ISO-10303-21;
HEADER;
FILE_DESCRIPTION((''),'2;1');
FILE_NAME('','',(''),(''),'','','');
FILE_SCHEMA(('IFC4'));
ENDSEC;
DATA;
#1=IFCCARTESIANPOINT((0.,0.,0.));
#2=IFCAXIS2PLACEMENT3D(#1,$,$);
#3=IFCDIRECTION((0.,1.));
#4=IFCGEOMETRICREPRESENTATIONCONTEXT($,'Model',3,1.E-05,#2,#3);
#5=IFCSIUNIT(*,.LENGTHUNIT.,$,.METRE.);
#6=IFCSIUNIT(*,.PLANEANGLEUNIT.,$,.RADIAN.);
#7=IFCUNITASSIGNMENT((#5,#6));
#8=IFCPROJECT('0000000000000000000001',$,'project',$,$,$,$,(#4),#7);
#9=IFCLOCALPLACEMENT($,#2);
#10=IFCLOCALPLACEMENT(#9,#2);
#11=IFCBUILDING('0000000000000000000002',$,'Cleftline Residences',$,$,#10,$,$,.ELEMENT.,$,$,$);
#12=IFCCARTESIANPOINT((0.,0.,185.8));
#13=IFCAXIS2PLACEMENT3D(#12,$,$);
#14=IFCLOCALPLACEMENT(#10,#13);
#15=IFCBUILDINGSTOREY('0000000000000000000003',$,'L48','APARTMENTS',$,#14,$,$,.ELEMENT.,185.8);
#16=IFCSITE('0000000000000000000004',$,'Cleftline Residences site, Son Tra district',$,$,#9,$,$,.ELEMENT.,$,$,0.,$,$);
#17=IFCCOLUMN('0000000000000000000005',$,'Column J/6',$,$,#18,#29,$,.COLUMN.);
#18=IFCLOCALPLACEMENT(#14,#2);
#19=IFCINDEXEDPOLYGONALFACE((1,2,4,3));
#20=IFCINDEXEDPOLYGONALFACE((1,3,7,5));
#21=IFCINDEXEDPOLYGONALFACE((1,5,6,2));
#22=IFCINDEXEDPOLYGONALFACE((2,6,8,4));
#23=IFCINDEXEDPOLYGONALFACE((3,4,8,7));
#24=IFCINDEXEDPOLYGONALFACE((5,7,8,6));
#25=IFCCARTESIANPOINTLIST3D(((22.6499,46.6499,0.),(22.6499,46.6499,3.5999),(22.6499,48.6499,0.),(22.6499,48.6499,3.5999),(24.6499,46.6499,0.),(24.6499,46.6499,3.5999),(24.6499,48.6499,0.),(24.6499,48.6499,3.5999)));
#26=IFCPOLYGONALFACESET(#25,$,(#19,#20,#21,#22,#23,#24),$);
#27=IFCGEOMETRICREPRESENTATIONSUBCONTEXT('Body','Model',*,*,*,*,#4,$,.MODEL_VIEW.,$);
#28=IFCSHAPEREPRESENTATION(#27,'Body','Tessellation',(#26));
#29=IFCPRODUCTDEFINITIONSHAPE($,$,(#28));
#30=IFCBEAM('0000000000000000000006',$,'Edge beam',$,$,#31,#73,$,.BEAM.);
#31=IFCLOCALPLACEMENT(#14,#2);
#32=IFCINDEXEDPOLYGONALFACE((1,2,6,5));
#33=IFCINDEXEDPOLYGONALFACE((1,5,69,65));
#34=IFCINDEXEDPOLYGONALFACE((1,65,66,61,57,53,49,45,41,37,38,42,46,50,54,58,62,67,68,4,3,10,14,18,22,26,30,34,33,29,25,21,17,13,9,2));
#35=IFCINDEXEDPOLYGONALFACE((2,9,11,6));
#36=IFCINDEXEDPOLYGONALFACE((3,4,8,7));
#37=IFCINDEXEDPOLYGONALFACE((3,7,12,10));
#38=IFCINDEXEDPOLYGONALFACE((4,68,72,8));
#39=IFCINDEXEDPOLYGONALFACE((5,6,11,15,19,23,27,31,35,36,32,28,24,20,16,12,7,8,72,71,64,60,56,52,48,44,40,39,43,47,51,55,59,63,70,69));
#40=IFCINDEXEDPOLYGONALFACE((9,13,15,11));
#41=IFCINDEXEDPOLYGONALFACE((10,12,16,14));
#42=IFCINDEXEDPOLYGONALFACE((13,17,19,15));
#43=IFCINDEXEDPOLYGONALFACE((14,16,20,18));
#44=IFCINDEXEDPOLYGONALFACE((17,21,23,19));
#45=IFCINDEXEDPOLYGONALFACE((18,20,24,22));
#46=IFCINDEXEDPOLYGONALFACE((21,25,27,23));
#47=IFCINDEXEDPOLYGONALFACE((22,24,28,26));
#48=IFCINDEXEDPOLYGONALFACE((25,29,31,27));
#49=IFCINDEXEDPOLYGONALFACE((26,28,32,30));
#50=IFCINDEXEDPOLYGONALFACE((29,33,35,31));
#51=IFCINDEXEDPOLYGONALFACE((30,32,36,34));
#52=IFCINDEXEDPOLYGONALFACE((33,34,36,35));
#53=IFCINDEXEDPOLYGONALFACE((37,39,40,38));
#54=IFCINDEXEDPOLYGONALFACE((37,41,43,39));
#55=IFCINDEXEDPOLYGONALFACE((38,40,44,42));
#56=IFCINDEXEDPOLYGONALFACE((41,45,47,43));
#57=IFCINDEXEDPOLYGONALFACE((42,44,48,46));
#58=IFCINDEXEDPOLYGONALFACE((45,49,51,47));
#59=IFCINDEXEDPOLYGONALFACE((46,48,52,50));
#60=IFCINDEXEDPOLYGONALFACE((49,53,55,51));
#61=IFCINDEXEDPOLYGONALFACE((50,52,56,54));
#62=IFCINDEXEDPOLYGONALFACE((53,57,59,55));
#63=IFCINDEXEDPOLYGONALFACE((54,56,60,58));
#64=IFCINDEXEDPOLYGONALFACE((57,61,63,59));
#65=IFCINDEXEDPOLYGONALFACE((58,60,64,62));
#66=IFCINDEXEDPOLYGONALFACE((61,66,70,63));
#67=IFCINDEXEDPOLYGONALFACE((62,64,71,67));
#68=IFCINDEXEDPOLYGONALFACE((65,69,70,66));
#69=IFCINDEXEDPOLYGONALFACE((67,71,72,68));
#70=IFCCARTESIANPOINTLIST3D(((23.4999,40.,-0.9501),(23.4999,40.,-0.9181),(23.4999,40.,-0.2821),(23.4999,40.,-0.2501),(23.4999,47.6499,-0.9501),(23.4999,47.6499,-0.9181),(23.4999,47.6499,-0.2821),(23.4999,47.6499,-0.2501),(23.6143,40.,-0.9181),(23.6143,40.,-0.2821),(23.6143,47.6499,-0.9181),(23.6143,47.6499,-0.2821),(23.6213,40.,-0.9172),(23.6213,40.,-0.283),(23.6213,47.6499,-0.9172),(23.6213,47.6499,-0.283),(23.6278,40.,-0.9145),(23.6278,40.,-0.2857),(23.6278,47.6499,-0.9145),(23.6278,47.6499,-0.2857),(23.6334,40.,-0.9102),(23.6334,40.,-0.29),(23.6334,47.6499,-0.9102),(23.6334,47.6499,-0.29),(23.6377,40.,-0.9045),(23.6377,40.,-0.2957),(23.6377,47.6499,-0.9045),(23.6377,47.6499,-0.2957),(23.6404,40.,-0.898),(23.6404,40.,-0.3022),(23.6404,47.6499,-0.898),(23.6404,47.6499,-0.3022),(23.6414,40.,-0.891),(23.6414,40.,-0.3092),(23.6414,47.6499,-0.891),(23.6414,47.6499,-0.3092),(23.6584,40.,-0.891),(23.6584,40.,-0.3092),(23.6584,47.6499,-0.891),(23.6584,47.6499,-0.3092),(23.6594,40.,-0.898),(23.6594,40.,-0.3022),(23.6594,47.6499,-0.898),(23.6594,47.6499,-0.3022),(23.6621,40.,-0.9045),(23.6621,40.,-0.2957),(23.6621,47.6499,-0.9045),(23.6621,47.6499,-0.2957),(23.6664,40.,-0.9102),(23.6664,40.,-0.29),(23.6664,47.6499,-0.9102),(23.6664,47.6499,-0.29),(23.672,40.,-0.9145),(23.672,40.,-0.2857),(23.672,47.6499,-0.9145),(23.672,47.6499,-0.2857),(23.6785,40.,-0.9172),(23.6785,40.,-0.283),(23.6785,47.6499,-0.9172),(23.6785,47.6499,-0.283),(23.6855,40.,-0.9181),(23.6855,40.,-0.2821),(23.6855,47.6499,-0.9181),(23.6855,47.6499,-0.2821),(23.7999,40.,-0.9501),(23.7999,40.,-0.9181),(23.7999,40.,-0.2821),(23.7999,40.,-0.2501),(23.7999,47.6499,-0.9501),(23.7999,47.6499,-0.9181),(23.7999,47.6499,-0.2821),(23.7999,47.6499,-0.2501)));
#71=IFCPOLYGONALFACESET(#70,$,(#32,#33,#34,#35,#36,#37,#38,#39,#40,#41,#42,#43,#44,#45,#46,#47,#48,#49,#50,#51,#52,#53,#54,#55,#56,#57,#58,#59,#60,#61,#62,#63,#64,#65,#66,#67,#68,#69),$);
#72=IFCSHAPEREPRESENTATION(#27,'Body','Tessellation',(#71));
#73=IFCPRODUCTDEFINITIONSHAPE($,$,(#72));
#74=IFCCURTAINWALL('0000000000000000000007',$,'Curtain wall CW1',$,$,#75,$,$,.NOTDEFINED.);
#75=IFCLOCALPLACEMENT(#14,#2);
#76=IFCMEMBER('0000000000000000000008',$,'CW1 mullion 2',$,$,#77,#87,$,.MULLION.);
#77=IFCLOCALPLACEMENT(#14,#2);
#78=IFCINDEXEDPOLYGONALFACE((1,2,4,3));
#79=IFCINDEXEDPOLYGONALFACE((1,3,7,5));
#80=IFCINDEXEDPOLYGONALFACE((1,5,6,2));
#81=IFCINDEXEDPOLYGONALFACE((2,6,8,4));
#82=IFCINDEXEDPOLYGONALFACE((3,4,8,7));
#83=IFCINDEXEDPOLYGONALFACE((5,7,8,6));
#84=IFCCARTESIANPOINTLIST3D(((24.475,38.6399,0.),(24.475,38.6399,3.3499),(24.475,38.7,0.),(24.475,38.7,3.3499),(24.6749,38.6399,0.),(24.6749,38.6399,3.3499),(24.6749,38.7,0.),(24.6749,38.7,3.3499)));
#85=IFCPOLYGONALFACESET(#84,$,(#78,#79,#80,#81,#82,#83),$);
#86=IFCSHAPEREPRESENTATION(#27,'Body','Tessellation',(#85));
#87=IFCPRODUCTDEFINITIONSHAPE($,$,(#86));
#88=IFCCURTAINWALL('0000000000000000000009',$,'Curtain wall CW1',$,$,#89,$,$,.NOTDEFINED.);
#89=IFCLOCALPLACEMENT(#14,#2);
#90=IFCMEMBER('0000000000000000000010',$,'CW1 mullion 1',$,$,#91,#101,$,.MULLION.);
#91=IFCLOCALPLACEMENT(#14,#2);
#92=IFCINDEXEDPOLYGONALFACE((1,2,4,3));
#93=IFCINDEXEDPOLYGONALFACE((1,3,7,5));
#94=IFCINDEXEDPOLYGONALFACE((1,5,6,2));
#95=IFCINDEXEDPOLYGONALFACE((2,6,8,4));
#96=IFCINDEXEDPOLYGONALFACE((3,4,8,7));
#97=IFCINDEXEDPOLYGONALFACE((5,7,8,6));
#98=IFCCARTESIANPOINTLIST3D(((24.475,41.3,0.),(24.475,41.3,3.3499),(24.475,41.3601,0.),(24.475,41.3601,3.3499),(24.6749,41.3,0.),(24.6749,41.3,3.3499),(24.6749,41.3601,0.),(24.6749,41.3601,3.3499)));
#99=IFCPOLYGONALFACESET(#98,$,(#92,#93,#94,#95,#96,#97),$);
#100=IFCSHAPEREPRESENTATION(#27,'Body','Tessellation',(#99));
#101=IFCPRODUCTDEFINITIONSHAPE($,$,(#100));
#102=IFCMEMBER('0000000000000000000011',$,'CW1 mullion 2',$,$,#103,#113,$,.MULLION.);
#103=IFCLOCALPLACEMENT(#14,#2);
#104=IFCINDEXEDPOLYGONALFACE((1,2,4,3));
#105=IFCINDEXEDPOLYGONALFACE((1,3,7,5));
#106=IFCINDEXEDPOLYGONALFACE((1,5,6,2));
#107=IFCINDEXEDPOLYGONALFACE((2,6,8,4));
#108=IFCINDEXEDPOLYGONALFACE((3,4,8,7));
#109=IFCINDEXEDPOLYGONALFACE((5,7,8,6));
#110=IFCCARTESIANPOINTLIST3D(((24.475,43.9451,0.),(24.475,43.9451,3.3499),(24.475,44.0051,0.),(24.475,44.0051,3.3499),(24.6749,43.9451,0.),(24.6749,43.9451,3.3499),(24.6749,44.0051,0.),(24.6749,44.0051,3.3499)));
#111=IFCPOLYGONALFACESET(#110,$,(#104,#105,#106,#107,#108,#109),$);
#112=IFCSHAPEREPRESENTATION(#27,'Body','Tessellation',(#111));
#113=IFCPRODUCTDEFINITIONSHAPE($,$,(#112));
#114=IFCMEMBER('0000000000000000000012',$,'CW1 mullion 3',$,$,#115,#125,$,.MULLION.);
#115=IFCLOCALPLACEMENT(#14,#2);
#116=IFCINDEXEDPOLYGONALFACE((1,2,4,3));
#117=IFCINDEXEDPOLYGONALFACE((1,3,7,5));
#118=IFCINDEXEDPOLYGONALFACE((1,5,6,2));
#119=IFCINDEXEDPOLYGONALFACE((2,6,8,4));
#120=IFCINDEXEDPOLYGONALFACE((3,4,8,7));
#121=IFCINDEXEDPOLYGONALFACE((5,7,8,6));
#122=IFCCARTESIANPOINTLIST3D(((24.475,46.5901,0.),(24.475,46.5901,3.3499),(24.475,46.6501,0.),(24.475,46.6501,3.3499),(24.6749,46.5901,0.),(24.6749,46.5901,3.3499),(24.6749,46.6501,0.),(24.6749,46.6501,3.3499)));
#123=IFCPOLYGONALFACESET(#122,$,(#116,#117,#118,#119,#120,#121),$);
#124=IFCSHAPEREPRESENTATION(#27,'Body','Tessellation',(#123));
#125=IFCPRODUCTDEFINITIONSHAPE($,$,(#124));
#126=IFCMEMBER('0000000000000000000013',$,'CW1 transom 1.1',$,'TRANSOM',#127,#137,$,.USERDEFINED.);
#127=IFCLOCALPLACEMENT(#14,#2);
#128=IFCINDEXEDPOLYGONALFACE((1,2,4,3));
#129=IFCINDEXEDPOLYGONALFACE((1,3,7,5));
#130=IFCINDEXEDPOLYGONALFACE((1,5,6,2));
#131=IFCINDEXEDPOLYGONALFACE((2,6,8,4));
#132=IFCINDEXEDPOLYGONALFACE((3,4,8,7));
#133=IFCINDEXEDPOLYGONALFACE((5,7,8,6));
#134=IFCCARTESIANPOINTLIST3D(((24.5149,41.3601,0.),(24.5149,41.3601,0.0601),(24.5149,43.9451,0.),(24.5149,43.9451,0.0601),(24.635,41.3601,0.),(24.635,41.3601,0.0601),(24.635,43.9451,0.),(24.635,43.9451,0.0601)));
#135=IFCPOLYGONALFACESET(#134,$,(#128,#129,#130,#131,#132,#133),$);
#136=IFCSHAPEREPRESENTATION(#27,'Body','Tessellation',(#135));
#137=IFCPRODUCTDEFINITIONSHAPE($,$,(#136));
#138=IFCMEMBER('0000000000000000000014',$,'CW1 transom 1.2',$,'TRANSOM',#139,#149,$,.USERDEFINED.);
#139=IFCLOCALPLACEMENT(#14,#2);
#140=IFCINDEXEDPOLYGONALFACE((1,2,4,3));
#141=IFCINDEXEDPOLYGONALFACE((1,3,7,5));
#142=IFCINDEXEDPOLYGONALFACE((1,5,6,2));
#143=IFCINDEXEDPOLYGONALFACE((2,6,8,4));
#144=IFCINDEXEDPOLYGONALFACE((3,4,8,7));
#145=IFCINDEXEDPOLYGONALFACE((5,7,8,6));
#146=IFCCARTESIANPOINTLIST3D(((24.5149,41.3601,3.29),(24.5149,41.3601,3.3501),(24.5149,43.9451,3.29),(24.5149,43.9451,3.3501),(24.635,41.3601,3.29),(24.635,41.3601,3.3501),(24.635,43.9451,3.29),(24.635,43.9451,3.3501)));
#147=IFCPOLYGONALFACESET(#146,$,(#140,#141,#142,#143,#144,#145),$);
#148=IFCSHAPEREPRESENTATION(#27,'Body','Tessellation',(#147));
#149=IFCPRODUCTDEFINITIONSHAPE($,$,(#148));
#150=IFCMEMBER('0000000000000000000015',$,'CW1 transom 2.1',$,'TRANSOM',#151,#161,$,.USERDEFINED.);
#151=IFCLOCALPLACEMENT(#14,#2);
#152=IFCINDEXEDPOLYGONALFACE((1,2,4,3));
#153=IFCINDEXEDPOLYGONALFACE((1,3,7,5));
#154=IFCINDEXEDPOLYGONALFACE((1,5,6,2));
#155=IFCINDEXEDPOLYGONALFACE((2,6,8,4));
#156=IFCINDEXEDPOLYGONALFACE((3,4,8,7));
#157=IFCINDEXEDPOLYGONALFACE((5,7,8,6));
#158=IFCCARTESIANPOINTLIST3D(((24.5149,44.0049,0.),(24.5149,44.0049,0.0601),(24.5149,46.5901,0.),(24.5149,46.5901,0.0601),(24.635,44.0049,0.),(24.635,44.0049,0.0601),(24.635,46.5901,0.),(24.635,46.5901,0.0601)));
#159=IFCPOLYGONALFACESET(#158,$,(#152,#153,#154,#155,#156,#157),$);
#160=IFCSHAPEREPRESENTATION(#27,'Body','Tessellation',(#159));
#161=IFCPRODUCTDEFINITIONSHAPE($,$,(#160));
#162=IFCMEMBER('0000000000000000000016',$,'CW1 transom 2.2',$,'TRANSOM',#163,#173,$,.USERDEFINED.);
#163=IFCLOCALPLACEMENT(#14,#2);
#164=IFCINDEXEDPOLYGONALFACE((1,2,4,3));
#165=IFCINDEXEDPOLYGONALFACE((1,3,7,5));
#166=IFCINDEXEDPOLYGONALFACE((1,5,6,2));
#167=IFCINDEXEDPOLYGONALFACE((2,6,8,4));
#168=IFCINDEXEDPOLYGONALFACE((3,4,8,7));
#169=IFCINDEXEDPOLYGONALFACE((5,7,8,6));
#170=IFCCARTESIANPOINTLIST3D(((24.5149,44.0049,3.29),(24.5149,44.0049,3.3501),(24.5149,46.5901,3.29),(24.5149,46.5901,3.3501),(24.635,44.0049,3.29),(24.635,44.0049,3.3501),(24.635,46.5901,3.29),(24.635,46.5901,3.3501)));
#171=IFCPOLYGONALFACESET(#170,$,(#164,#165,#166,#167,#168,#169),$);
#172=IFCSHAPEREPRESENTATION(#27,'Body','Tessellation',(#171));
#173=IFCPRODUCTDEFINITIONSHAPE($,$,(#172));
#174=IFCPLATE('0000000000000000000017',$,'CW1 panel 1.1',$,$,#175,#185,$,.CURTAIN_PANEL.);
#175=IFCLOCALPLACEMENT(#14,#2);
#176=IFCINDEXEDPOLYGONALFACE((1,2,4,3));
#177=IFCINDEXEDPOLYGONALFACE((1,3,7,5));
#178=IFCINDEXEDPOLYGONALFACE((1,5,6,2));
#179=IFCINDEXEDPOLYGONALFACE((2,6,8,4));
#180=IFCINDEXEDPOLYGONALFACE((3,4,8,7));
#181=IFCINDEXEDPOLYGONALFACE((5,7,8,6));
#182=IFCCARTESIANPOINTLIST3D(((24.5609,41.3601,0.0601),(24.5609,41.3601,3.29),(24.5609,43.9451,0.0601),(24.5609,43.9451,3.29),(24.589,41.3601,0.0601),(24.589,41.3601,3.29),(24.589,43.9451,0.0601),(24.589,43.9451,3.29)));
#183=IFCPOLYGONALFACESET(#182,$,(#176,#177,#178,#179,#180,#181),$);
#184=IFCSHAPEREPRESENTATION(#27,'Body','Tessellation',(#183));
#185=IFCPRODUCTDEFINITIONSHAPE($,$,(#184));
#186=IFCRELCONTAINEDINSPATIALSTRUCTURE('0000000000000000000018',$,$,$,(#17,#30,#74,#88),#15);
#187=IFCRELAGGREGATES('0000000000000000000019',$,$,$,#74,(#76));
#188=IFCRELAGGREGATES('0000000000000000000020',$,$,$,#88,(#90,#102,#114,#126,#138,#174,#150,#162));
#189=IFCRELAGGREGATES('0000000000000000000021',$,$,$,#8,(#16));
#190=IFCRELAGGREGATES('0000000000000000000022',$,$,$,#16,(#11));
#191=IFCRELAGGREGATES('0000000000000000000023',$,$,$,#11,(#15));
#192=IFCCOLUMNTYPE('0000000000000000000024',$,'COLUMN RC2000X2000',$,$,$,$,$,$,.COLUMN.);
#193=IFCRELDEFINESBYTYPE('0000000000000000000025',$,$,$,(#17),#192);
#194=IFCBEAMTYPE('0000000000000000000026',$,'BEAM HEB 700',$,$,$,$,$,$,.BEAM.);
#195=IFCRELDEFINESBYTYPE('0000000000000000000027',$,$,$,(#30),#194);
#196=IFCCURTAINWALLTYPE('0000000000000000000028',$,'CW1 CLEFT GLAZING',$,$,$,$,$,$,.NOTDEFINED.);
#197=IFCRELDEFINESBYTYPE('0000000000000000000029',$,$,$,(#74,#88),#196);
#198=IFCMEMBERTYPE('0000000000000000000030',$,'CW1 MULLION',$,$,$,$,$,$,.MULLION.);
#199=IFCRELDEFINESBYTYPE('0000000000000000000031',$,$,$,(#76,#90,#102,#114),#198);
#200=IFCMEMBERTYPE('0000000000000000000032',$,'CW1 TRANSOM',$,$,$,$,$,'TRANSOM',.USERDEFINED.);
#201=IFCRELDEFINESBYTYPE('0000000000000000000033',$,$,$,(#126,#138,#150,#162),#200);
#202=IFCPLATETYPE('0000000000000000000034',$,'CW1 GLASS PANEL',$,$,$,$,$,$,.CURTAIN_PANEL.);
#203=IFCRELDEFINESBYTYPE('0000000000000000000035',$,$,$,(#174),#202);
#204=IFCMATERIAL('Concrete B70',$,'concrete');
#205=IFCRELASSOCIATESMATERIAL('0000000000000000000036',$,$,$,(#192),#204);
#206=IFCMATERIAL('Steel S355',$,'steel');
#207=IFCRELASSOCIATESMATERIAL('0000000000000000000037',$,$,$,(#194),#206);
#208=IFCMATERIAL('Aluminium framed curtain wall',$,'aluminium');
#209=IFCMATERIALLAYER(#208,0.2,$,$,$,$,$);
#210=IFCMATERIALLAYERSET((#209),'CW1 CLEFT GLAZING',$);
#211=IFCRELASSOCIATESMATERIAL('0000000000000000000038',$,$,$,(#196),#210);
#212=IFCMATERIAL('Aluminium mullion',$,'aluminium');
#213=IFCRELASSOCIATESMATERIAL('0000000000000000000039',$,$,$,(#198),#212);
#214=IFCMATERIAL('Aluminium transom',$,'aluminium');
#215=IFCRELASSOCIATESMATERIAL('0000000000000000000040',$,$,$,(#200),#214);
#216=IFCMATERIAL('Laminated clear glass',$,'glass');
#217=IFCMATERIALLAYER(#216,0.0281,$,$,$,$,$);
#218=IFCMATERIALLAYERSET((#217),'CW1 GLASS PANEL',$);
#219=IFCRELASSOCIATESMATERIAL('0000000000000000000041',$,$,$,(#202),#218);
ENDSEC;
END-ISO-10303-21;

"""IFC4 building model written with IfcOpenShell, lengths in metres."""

from ifc_helpers import new_model, si_unit, direction, frame, origin, origin_2d, place, context, subcontext, project, spatial, rectangle, i_section, extrude, material, layer, layer_set, material_profile, profile_set, type_object, element, aggregate, save


model = new_model("IFC4")

# Units and contexts
model_context = context("Model", 3, precision=1e-05, world=origin(), true_north=direction((0.0, 1.0)))
body_context = subcontext(model_context, "Body", "Model", "MODEL_VIEW")
ifc_project = project(units=[si_unit("LENGTHUNIT", "METRE"), si_unit("PLANEANGLEUNIT", "RADIAN")], contexts=[model_context])

# Site, building, storey
site_placement = place(None, origin())
site = spatial("IfcSite", under=ifc_project, at=site_placement, Name="Cleftline Residences site, Son Tra district", CompositionType="ELEMENT", RefElevation=0.0)
building_placement = place(site_placement, origin())
building = spatial("IfcBuilding", under=site, at=building_placement, Name="Cleftline Residences", CompositionType="ELEMENT")
storey_placement = place(building_placement, frame((0.0, 0.0, 185.8)))
storey = spatial("IfcBuildingStorey", under=building, at=storey_placement, Name="L48", Description="APARTMENTS", CompositionType="ELEMENT", Elevation=185.8)

# Column
ifc_material_1 = material(Name="Concrete B70", Category="concrete")
ifc_material_profile_1 = material_profile(ifc_material_1, rectangle(XDim=2.0, YDim=2.0, at=origin_2d()))
ifc_profile_set_1 = profile_set([ifc_material_profile_1], Name="Concrete B70")
column_type = type_object("IfcColumnType", Name="COLUMN RC2000X2000", PredefinedType="COLUMN", material=ifc_profile_set_1)
column_placement = place(storey_placement, frame((23.6499, 47.6499, 0.0), z_axis=(0.0, 0.0, 1.0), x_axis=(1.0, 0.0, 0.0)))
element("IfcColumn", 1, at=column_placement, inside=storey, type_object=column_type, Name="Column J/6", PredefinedType="COLUMN", context=body_context, shape_type="SweptSolid", body=[
    extrude(rectangle(XDim=2.0, YDim=2.0, at=origin_2d()), origin(), (0.0, 0.0, 1.0), 3.5999),
])

# Beam
ifc_material_2 = material(Name="Steel S355", Category="steel")
ifc_material_profile_2 = material_profile(ifc_material_2, i_section(OverallWidth=0.3, OverallDepth=0.7, WebThickness=0.0171, FlangeThickness=0.032, FilletRadius=0.0271, at=origin_2d()))
ifc_profile_set_2 = profile_set([ifc_material_profile_2], Name="Steel S355")
beam_type = type_object("IfcBeamType", Name="BEAM HEB 700", PredefinedType="BEAM", material=ifc_profile_set_2)
beam_placement = place(storey_placement, frame((23.6499, 47.6499, -0.6001), z_axis=(0.0, -1.0, 0.0), x_axis=(1.0, 0.0, 0.0)))
element("IfcBeam", 2, at=beam_placement, inside=storey, type_object=beam_type, Name="Edge beam", PredefinedType="BEAM", context=body_context, shape_type="SweptSolid", body=[
    extrude(i_section(OverallWidth=0.3, OverallDepth=0.7, WebThickness=0.0171, FlangeThickness=0.032, FilletRadius=0.0271, at=origin_2d()), origin(), (0.0, 0.0, 1.0), 7.6499),
])

# Curtain wall, member
ifc_material_3 = material(Name="Aluminium framed curtain wall", Category="aluminium")
ifc_layer_1 = layer(ifc_material_3, 0.2)
ifc_layer_set_1 = layer_set([ifc_layer_1], Name="CW1 CLEFT GLAZING")
curtain_wall_type = type_object("IfcCurtainWallType", Name="CW1 CLEFT GLAZING", PredefinedType="NOTDEFINED", material=ifc_layer_set_1)
curtain_wall_1_placement = place(storey_placement, origin())
curtain_wall_1 = element("IfcCurtainWall", 3, at=curtain_wall_1_placement, inside=storey, type_object=curtain_wall_type, Name="Curtain wall CW1", PredefinedType="NOTDEFINED")
ifc_material_4 = material(Name="Aluminium mullion", Category="aluminium")
ifc_material_profile_3 = material_profile(ifc_material_4, rectangle(XDim=0.2, YDim=0.0601, at=origin_2d()))
ifc_profile_set_3 = profile_set([ifc_material_profile_3], Name="Aluminium mullion")
member_type_1 = type_object("IfcMemberType", Name="CW1 MULLION", PredefinedType="MULLION", material=ifc_profile_set_3)
member_1_placement = place(storey_placement, frame((24.575, 38.6699, 0.0), z_axis=(0.0, 0.0, 1.0), x_axis=(-1.0, 0.0, 0.0)))
member_1 = element("IfcMember", 4, at=member_1_placement, type_object=member_type_1, Name="CW1 mullion 2", PredefinedType="MULLION", context=body_context, shape_type="SweptSolid", body=[
    extrude(rectangle(XDim=0.2, YDim=0.0601, at=origin_2d()), origin(), (0.0, 0.0, 1.0), 3.3499),
])
aggregate(curtain_wall_1, [member_1])

# Curtain wall, members, plate
curtain_wall_2_placement = place(storey_placement, origin())
curtain_wall_2 = element("IfcCurtainWall", 5, at=curtain_wall_2_placement, inside=storey, type_object=curtain_wall_type, Name="Curtain wall CW1", PredefinedType="NOTDEFINED")
member_2_placement = place(storey_placement, frame((24.575, 41.3301, 0.0), z_axis=(0.0, 0.0, 1.0), x_axis=(-1.0, 0.0, 0.0)))
member_2 = element("IfcMember", 6, at=member_2_placement, type_object=member_type_1, Name="CW1 mullion 1", PredefinedType="MULLION", context=body_context, shape_type="SweptSolid", body=[
    extrude(rectangle(XDim=0.2, YDim=0.0601, at=origin_2d()), origin(), (0.0, 0.0, 1.0), 3.3499),
])
member_3_placement = place(storey_placement, frame((24.575, 43.9751, 0.0), z_axis=(0.0, 0.0, 1.0), x_axis=(-1.0, 0.0, 0.0)))
member_3 = element("IfcMember", 7, at=member_3_placement, type_object=member_type_1, Name="CW1 mullion 2", PredefinedType="MULLION", context=body_context, shape_type="SweptSolid", body=[
    extrude(rectangle(XDim=0.2, YDim=0.0601, at=origin_2d()), origin(), (0.0, 0.0, 1.0), 3.3499),
])
member_4_placement = place(storey_placement, frame((24.575, 46.6201, 0.0), z_axis=(0.0, 0.0, 1.0), x_axis=(-1.0, 0.0, 0.0)))
member_4 = element("IfcMember", 8, at=member_4_placement, type_object=member_type_1, Name="CW1 mullion 3", PredefinedType="MULLION", context=body_context, shape_type="SweptSolid", body=[
    extrude(rectangle(XDim=0.2, YDim=0.0601, at=origin_2d()), origin(), (0.0, 0.0, 1.0), 3.3499),
])
ifc_material_5 = material(Name="Aluminium transom", Category="aluminium")
ifc_material_profile_4 = material_profile(ifc_material_5, rectangle(XDim=0.1201, YDim=0.0601, at=origin_2d()))
ifc_profile_set_4 = profile_set([ifc_material_profile_4], Name="Aluminium transom")
member_type_2 = type_object("IfcMemberType", Name="CW1 TRANSOM", ElementType="TRANSOM", PredefinedType="USERDEFINED", material=ifc_profile_set_4)
member_5_placement = place(storey_placement, frame((24.575, 41.3601, 0.03), z_axis=(0.0, 1.0, 0.0), x_axis=(-1.0, 0.0, 0.0)))
member_5 = element("IfcMember", 9, at=member_5_placement, type_object=member_type_2, Name="CW1 transom 1.1", ObjectType="TRANSOM", PredefinedType="USERDEFINED", context=body_context, shape_type="SweptSolid", body=[
    extrude(rectangle(XDim=0.1201, YDim=0.0601, at=origin_2d()), origin(), (0.0, 0.0, 1.0), 2.585),
])
member_6_placement = place(storey_placement, frame((24.575, 41.3601, 3.3201), z_axis=(0.0, 1.0, 0.0), x_axis=(-1.0, 0.0, 0.0)))
member_6 = element("IfcMember", 10, at=member_6_placement, type_object=member_type_2, Name="CW1 transom 1.2", ObjectType="TRANSOM", PredefinedType="USERDEFINED", context=body_context, shape_type="SweptSolid", body=[
    extrude(rectangle(XDim=0.1201, YDim=0.0601, at=origin_2d()), origin(), (0.0, 0.0, 1.0), 2.585),
])
member_7_placement = place(storey_placement, frame((24.575, 44.0049, 0.03), z_axis=(0.0, 1.0, 0.0), x_axis=(-1.0, 0.0, 0.0)))
member_7 = element("IfcMember", 11, at=member_7_placement, type_object=member_type_2, Name="CW1 transom 2.1", ObjectType="TRANSOM", PredefinedType="USERDEFINED", context=body_context, shape_type="SweptSolid", body=[
    extrude(rectangle(XDim=0.1201, YDim=0.0601, at=origin_2d()), origin(), (0.0, 0.0, 1.0), 2.5852),
])
member_8_placement = place(storey_placement, frame((24.575, 44.0049, 3.3201), z_axis=(0.0, 1.0, 0.0), x_axis=(-1.0, 0.0, 0.0)))
member_8 = element("IfcMember", 12, at=member_8_placement, type_object=member_type_2, Name="CW1 transom 2.2", ObjectType="TRANSOM", PredefinedType="USERDEFINED", context=body_context, shape_type="SweptSolid", body=[
    extrude(rectangle(XDim=0.1201, YDim=0.0601, at=origin_2d()), origin(), (0.0, 0.0, 1.0), 2.5852),
])
ifc_material_6 = material(Name="Laminated clear glass", Category="glass")
ifc_layer_2 = layer(ifc_material_6, 0.0281)
ifc_layer_set_2 = layer_set([ifc_layer_2], Name="CW1 GLASS PANEL")
plate_type = type_object("IfcPlateType", Name="CW1 GLASS PANEL", PredefinedType="CURTAIN_PANEL", material=ifc_layer_set_2)
plate_1_placement = place(storey_placement, frame((24.575, 42.6526, 0.0601), z_axis=(0.0, 0.0, 1.0), x_axis=(0.0, 1.0, 0.0)))
plate_1 = element("IfcPlate", 13, at=plate_1_placement, type_object=plate_type, Name="CW1 panel 1.1", PredefinedType="CURTAIN_PANEL", context=body_context, shape_type="SweptSolid", body=[
    extrude(rectangle(XDim=2.585, YDim=0.0281, at=origin_2d()), origin(), (0.0, 0.0, 1.0), 3.23),
])
aggregate(curtain_wall_2, [member_2, member_3, member_4, member_5, member_6, plate_1, member_7, member_8])

save(model, "model.ifc")
